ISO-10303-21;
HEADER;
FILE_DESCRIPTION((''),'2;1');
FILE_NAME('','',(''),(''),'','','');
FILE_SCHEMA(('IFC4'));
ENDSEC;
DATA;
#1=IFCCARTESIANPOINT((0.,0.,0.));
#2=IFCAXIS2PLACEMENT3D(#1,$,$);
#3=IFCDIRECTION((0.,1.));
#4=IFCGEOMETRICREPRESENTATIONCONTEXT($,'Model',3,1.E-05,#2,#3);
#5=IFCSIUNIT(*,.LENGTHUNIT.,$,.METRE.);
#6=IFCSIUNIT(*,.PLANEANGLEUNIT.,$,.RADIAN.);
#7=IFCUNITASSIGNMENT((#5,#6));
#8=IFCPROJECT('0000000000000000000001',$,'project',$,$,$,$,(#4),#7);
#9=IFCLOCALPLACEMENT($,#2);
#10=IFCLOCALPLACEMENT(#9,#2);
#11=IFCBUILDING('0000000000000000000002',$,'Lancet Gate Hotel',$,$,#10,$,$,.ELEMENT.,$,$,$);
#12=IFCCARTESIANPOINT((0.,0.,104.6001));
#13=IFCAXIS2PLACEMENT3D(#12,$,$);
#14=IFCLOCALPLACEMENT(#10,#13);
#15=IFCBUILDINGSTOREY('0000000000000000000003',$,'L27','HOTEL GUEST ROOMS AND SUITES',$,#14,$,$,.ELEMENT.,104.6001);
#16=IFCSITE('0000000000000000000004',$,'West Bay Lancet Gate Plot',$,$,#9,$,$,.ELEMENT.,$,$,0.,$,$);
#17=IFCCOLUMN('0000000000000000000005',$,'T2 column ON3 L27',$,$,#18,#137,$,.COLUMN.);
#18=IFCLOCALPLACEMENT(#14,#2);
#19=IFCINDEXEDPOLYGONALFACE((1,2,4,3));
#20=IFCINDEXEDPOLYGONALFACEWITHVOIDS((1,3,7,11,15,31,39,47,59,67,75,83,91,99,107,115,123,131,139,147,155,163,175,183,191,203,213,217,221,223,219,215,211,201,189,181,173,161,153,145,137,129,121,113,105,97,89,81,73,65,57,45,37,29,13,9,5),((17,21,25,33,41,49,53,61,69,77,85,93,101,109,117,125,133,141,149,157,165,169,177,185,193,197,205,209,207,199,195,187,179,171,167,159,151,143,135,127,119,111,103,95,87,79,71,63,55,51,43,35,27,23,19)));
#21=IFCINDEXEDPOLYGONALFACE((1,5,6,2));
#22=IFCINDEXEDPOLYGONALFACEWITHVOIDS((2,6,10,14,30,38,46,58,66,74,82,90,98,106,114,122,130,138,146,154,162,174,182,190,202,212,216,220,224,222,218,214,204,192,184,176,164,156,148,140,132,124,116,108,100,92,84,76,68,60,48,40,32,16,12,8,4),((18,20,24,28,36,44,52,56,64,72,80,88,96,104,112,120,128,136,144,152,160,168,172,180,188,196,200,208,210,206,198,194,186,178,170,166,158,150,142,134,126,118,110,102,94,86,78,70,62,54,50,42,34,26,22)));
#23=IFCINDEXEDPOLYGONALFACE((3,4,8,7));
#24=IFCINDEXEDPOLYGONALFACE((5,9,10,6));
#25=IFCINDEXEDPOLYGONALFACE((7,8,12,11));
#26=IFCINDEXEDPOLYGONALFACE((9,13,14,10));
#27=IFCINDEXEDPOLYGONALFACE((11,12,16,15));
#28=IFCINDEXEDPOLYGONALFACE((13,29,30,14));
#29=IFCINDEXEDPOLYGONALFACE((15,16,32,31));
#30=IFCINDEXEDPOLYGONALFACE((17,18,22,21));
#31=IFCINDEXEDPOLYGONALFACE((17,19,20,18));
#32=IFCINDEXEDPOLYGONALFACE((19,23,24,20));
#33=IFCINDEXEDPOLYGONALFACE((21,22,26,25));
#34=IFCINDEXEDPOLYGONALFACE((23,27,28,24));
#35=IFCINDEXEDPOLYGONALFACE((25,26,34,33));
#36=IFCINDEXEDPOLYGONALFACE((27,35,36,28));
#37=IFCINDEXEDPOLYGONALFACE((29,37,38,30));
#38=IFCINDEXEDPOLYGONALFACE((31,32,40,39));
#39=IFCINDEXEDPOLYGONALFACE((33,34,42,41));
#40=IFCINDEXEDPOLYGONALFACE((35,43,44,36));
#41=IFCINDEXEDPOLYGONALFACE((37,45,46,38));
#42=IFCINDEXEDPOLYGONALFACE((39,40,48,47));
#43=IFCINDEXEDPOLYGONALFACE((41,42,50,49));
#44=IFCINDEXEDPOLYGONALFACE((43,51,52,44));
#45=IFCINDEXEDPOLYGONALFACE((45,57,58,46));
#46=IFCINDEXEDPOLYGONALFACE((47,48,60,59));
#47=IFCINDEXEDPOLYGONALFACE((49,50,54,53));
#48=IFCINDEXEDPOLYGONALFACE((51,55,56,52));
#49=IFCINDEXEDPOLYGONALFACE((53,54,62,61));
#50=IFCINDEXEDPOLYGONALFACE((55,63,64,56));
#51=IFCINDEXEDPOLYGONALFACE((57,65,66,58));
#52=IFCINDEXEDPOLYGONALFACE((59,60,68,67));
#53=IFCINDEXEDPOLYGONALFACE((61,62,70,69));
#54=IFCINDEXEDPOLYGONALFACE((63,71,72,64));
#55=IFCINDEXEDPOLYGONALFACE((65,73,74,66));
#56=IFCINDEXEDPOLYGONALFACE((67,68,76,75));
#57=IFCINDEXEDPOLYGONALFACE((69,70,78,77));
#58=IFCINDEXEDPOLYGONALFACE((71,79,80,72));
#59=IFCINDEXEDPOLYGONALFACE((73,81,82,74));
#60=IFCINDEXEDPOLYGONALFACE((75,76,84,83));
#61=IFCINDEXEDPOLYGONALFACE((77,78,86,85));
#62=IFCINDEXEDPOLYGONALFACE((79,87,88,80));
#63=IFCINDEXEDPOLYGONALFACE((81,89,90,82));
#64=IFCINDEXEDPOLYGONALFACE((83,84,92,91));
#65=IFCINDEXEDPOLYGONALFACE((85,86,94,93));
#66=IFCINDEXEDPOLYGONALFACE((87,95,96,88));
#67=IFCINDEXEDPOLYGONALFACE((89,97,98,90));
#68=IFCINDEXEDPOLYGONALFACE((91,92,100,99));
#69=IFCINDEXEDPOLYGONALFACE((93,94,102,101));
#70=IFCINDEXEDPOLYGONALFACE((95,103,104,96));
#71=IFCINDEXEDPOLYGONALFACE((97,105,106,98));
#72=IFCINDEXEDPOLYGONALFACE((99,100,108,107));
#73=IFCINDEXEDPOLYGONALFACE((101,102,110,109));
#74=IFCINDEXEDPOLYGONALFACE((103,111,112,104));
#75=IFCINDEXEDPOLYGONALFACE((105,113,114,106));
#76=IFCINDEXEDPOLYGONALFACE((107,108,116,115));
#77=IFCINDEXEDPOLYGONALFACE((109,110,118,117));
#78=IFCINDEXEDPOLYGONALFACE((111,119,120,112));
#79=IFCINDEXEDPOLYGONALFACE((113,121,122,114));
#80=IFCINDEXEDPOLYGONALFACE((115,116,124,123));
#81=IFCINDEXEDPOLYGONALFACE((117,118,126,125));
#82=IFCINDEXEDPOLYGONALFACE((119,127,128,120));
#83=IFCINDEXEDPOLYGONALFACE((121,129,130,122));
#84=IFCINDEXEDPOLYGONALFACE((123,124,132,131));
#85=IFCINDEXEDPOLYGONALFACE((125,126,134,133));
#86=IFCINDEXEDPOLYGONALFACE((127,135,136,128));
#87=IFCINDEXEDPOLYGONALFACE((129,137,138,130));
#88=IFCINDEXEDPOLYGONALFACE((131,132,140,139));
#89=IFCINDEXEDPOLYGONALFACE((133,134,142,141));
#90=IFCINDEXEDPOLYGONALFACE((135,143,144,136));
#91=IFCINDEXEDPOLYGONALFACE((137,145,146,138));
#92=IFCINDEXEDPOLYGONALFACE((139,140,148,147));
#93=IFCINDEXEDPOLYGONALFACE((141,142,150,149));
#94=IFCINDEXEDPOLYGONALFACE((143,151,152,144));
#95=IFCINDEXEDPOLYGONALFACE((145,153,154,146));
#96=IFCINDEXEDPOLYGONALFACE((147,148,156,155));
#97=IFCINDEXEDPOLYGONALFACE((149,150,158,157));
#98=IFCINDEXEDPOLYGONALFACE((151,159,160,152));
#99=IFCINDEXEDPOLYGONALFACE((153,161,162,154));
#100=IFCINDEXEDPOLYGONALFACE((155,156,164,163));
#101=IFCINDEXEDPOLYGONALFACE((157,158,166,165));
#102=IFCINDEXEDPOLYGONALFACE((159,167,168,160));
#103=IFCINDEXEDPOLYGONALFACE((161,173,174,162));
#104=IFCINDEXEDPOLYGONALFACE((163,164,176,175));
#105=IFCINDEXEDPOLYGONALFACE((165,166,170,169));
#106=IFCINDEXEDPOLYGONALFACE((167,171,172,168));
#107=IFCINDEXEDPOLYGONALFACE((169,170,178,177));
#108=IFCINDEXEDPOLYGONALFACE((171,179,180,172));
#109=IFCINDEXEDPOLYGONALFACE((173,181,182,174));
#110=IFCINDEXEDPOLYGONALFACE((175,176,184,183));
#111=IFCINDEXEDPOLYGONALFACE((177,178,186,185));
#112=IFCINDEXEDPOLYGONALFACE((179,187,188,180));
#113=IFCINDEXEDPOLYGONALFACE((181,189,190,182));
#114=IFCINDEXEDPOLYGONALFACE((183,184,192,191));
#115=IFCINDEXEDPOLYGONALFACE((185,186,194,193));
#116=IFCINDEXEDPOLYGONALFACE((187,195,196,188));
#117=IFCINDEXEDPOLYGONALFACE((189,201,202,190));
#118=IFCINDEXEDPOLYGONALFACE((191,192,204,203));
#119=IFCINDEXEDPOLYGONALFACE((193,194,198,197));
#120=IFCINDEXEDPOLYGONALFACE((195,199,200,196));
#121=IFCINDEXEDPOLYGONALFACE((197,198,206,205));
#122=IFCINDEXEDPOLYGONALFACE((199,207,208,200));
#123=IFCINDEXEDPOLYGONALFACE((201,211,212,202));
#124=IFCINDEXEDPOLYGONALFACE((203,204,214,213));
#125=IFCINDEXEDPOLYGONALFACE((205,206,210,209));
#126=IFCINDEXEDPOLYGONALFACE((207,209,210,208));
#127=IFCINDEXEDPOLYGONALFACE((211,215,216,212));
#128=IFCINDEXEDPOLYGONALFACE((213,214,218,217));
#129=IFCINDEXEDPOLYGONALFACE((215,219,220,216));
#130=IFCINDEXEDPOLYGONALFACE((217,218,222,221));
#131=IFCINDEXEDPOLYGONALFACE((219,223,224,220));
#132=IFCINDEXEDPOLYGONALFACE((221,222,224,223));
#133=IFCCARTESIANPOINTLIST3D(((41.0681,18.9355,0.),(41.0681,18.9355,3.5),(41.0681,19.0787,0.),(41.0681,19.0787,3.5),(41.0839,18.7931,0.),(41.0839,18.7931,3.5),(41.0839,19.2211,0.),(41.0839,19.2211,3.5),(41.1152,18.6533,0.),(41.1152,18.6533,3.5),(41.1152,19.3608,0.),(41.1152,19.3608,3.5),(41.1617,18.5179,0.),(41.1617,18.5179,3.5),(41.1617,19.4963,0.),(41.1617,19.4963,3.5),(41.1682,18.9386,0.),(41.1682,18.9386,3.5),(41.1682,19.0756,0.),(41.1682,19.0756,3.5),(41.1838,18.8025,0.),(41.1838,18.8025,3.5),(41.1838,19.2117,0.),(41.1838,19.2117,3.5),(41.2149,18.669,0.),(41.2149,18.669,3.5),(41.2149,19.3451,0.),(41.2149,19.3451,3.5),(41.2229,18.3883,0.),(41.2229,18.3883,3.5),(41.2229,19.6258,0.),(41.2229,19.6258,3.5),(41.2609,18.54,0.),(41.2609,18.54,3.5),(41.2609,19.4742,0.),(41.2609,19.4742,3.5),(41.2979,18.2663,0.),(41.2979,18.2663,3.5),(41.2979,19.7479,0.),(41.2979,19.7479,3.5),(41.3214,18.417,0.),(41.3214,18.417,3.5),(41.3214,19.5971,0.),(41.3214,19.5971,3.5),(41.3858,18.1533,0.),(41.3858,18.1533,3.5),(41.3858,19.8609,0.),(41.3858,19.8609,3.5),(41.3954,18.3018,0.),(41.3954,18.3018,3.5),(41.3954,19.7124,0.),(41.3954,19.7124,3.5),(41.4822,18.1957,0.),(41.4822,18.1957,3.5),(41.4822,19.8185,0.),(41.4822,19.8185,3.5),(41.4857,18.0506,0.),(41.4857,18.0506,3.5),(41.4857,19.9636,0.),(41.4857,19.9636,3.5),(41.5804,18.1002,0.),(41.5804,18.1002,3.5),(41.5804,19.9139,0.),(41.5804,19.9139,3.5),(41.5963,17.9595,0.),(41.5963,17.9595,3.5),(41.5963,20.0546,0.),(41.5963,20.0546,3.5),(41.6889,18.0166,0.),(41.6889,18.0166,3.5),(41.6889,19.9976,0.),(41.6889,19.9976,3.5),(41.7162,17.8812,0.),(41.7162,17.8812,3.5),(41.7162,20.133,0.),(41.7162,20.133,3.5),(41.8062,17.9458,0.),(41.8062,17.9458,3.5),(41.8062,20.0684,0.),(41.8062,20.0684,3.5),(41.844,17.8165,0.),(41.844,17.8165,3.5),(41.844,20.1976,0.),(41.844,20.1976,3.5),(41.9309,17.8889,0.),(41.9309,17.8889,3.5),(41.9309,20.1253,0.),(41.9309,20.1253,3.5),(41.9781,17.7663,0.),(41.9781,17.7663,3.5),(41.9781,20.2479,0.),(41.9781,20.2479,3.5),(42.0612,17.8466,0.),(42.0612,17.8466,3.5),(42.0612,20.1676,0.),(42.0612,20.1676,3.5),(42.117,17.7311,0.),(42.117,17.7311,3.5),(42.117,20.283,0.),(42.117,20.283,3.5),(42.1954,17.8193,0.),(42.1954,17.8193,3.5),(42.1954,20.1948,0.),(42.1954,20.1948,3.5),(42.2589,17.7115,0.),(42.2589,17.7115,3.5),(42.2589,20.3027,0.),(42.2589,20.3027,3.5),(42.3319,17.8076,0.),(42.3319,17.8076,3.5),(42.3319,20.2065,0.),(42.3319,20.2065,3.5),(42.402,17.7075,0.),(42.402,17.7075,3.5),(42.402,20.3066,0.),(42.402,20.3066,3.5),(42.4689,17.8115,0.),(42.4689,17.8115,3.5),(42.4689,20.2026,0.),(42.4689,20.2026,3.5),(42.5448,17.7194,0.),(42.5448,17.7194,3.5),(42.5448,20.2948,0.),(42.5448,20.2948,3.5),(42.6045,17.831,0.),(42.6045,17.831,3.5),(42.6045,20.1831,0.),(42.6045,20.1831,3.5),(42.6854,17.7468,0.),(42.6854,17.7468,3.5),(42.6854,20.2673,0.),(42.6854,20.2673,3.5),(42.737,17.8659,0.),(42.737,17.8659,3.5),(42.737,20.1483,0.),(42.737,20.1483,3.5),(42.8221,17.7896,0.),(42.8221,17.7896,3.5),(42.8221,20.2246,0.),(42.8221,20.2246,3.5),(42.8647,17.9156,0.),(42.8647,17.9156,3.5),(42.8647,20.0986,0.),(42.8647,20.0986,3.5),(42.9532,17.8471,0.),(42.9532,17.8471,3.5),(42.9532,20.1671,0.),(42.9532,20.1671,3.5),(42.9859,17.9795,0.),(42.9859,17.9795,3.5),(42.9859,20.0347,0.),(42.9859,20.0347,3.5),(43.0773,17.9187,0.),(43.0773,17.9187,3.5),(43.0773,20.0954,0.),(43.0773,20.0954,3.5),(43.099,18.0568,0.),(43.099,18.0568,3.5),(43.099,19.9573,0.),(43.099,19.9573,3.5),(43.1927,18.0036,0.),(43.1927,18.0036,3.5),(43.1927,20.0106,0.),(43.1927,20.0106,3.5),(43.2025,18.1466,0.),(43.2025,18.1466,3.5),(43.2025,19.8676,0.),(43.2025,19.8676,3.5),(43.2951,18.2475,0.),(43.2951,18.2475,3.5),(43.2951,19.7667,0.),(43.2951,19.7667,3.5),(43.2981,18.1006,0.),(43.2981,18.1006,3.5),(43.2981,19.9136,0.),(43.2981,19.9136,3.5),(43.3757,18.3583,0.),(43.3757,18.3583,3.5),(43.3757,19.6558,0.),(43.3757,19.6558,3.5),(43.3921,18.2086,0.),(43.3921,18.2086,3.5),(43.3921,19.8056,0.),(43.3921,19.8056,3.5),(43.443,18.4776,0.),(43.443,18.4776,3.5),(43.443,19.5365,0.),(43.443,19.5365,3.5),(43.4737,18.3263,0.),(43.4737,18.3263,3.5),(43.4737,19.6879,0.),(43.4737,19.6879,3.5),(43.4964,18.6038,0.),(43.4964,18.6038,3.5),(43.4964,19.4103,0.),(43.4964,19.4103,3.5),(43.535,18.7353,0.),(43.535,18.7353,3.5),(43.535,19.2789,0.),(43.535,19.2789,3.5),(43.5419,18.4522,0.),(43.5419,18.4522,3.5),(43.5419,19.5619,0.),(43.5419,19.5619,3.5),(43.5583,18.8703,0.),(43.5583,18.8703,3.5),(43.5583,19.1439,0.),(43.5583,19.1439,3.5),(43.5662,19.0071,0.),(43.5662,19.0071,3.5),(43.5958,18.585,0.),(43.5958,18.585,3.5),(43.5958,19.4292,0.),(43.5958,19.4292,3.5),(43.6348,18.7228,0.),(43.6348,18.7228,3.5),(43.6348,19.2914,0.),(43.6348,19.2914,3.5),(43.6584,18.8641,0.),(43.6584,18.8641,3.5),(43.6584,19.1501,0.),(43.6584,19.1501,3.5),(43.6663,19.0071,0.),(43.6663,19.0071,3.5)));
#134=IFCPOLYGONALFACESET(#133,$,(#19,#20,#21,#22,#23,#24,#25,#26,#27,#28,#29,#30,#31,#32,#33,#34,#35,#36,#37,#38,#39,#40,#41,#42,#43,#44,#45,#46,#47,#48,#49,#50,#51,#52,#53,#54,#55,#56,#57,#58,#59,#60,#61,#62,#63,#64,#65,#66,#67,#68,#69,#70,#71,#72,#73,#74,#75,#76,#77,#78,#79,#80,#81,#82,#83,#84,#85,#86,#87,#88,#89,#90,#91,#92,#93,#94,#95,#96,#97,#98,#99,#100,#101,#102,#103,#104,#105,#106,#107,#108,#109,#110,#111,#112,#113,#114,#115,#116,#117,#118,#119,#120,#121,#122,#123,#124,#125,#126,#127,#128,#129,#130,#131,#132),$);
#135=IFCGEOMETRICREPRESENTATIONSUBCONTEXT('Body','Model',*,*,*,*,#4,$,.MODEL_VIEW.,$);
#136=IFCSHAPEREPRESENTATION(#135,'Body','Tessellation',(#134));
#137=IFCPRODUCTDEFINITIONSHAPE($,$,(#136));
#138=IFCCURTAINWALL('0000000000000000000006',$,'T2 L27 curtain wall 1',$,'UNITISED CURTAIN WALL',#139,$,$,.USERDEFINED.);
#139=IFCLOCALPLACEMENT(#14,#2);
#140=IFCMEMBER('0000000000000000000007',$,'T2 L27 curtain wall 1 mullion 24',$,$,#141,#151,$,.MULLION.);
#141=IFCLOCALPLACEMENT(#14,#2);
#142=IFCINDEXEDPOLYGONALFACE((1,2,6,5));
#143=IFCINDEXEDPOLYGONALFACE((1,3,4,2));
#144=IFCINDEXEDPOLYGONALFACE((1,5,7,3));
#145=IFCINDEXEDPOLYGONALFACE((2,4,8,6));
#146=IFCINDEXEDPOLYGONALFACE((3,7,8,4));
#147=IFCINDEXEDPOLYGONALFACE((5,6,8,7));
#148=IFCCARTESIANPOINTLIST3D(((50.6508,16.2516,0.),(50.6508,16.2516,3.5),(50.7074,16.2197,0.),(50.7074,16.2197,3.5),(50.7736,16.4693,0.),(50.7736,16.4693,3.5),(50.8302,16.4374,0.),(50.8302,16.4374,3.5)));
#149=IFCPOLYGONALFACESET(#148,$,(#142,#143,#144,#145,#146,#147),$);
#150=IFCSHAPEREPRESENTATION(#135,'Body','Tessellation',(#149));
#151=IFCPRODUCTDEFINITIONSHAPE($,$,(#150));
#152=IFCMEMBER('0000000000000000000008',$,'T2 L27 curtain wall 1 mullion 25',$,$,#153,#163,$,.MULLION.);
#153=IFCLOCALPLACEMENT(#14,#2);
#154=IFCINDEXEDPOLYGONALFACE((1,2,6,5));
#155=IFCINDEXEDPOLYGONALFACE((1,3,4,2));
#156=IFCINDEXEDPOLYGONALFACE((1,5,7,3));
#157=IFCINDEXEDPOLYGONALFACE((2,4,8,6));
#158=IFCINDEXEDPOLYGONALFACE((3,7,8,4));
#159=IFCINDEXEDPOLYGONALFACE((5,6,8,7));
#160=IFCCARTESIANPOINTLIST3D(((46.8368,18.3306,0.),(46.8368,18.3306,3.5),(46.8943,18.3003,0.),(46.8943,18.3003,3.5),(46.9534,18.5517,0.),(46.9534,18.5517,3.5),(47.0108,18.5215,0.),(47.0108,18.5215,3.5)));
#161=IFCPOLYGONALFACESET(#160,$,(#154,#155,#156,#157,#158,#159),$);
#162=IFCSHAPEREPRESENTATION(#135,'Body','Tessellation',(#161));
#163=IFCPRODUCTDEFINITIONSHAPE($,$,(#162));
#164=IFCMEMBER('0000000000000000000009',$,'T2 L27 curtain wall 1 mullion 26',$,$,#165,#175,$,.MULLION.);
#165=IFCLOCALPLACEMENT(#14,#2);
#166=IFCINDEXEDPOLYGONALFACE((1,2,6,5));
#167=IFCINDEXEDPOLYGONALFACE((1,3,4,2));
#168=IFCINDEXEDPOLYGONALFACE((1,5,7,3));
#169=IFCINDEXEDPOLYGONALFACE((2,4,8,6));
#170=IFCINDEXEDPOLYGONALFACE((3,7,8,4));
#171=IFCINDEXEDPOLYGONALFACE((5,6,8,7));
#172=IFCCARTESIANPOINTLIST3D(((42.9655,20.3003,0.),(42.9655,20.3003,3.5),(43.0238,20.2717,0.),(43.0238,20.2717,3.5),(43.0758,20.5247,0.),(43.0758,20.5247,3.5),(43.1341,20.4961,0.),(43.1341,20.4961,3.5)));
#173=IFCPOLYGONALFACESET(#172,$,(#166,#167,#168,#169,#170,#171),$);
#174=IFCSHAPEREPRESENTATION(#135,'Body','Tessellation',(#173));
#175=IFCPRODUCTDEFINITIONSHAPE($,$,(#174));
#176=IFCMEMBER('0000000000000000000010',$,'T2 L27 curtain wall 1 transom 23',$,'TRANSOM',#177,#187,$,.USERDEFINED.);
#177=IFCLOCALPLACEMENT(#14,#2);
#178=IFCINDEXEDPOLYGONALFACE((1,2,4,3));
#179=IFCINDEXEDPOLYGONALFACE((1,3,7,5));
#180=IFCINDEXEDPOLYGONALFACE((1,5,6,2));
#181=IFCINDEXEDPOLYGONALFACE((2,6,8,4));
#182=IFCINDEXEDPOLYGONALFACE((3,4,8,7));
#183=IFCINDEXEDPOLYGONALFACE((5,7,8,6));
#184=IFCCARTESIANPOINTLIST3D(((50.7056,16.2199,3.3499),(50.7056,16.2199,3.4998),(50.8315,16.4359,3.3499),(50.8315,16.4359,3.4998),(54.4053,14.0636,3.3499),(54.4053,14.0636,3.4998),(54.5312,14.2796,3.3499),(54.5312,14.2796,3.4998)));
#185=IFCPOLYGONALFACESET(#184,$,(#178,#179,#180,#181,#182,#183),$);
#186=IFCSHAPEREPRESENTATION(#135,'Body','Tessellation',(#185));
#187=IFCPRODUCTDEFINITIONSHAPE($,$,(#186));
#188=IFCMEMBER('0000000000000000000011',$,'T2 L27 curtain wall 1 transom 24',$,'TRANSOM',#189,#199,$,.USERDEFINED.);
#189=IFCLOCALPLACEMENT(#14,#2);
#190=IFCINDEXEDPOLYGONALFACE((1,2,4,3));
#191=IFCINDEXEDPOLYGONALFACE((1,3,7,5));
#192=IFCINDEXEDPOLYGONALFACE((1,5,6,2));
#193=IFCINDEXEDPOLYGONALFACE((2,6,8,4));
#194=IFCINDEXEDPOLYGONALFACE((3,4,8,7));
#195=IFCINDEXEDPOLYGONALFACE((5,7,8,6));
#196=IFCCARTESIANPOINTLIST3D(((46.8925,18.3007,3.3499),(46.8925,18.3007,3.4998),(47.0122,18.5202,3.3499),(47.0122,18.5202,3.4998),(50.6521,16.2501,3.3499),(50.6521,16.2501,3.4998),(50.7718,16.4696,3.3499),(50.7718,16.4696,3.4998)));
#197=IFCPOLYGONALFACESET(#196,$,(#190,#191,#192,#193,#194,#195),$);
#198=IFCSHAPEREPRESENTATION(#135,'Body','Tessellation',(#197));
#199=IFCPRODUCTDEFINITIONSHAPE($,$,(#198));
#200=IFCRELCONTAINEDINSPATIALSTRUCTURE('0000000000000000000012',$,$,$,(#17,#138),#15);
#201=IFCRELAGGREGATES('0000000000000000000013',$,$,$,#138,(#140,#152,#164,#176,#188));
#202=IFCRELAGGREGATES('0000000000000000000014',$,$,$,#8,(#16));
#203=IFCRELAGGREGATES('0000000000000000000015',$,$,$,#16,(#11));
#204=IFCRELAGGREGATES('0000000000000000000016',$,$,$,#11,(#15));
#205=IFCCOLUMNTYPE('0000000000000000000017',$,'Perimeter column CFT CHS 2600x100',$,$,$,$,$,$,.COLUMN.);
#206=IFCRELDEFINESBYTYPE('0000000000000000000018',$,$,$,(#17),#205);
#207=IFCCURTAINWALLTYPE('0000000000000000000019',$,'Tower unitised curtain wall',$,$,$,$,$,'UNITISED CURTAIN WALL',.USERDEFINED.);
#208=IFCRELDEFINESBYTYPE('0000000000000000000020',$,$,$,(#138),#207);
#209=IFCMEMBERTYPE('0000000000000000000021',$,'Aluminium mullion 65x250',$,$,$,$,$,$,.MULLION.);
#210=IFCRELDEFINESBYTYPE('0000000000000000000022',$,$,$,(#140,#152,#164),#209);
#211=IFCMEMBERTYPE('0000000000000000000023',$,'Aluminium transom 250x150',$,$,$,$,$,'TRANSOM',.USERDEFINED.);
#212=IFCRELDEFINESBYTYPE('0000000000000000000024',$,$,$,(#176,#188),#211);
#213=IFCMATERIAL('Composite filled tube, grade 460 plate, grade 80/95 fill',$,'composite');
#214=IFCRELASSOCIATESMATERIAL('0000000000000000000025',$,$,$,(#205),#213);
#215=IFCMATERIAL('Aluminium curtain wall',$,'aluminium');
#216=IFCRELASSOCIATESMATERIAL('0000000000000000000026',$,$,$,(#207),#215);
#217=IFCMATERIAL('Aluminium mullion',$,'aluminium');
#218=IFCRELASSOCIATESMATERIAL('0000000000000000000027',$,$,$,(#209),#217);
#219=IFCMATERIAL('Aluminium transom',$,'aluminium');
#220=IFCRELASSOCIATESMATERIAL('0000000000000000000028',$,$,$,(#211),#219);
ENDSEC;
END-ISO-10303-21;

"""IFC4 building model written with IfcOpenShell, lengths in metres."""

from ifc_helpers import new_model, si_unit, direction, frame, origin, origin_2d, place, context, subcontext, project, spatial, rectangle, hollow_circle, extrude, material, material_profile, profile_set, type_object, element, aggregate, save


model = new_model("IFC4")

# Units and contexts
model_context = context("Model", 3, precision=1e-05, world=origin(), true_north=direction((0.0, 1.0)))
body_context = subcontext(model_context, "Body", "Model", "MODEL_VIEW")
ifc_project = project(units=[si_unit("LENGTHUNIT", "METRE"), si_unit("PLANEANGLEUNIT", "RADIAN")], contexts=[model_context])

# Site, building, storey
site_placement = place(None, origin())
site = spatial("IfcSite", under=ifc_project, at=site_placement, Name="West Bay Lancet Gate Plot", CompositionType="ELEMENT", RefElevation=0.0)
building_placement = place(site_placement, origin())
building = spatial("IfcBuilding", under=site, at=building_placement, Name="Lancet Gate Hotel", CompositionType="ELEMENT")
storey_placement = place(building_placement, frame((0.0, 0.0, 104.6001)))
storey = spatial("IfcBuildingStorey", under=building, at=storey_placement, Name="L27", Description="HOTEL GUEST ROOMS AND SUITES", CompositionType="ELEMENT", Elevation=104.6001)

# Column
ifc_material_1 = material(Name="Composite filled tube, grade 460 plate, grade 80/95 fill", Category="composite")
ifc_material_profile_1 = material_profile(ifc_material_1, hollow_circle(Radius=1.3, WallThickness=0.1001, at=origin_2d()), Name="CHS 2600x100")
ifc_profile_set_1 = profile_set([ifc_material_profile_1], Name="Composite filled tube, grade 460 plate, grade 80/95 fill")
column_type = type_object("IfcColumnType", Name="Perimeter column CFT CHS 2600x100", PredefinedType="COLUMN", material=ifc_profile_set_1)
for number, where, z_axis, x_axis, name in (
    (1, (42.3662, 19.0071, 0.0), (0.0, 0.0, 1.0), (1.0, 0.0, 0.0), "T2 column ON3 L27"),
):
    element("IfcColumn", number, at=place(storey_placement, frame(where, z_axis=z_axis, x_axis=x_axis)), inside=storey, type_object=column_type, Name=name, PredefinedType="COLUMN", context=body_context, shape_type="SweptSolid", body=[
        extrude(hollow_circle(Radius=1.3, WallThickness=0.1001, at=origin_2d()), origin(), (0.0, 0.0, 1.0), 3.5),
    ])

# Curtain wall, members
ifc_material_2 = material(Name="Aluminium curtain wall", Category="aluminium")
curtain_wall_type = type_object("IfcCurtainWallType", Name="Tower unitised curtain wall", ElementType="UNITISED CURTAIN WALL", PredefinedType="USERDEFINED", material=ifc_material_2)
curtain_wall_placement = place(storey_placement, origin())
curtain_wall = element("IfcCurtainWall", 2, at=curtain_wall_placement, inside=storey, type_object=curtain_wall_type, Name="T2 L27 curtain wall 1", ObjectType="UNITISED CURTAIN WALL", PredefinedType="USERDEFINED")
ifc_material_3 = material(Name="Aluminium mullion", Category="aluminium")
ifc_material_profile_2 = material_profile(ifc_material_3, rectangle(XDim=0.0649, YDim=0.25, at=origin_2d()), Name="MULLION 65x250")
ifc_profile_set_2 = profile_set([ifc_material_profile_2], Name="Aluminium mullion")
member_type_1 = type_object("IfcMemberType", Name="Aluminium mullion 65x250", PredefinedType="MULLION", material=ifc_profile_set_2)
member_1_placement = place(storey_placement, frame((50.7405, 16.3445, 0.0), z_axis=(0.0, 0.0, 1.0), x_axis=(-0.871029, 0.491232, 0.0)))
member_1 = element("IfcMember", 3, at=member_1_placement, type_object=member_type_1, Name="T2 L27 curtain wall 1 mullion 24", PredefinedType="MULLION", context=body_context, shape_type="SweptSolid", body=[
    extrude(rectangle(XDim=0.0649, YDim=0.25, at=origin_2d()), origin(), (0.0, 0.0, 1.0), 3.5),
])
member_2_placement = place(storey_placement, frame((46.9238, 18.426, 0.0), z_axis=(0.0, 0.0, 1.0), x_axis=(-0.884627, 0.466299, 0.0)))
member_2 = element("IfcMember", 4, at=member_2_placement, type_object=member_type_1, Name="T2 L27 curtain wall 1 mullion 25", PredefinedType="MULLION", context=body_context, shape_type="SweptSolid", body=[
    extrude(rectangle(XDim=0.0649, YDim=0.25, at=origin_2d()), origin(), (0.0, 0.0, 1.0), 3.5),
])
member_3_placement = place(storey_placement, frame((43.0498, 20.3982, 0.0), z_axis=(0.0, 0.0, 1.0), x_axis=(-0.897512, 0.44099, 0.0)))
member_3 = element("IfcMember", 5, at=member_3_placement, type_object=member_type_1, Name="T2 L27 curtain wall 1 mullion 26", PredefinedType="MULLION", context=body_context, shape_type="SweptSolid", body=[
    extrude(rectangle(XDim=0.0649, YDim=0.25, at=origin_2d()), origin(), (0.0, 0.0, 1.0), 3.5),
])
ifc_material_4 = material(Name="Aluminium transom", Category="aluminium")
ifc_material_profile_3 = material_profile(ifc_material_4, rectangle(XDim=0.25, YDim=0.1499, at=origin_2d()), Name="TRANSOM 250x150")
ifc_profile_set_3 = profile_set([ifc_material_profile_3], Name="Aluminium transom")
member_type_2 = type_object("IfcMemberType", Name="Aluminium transom 250x150", ElementType="TRANSOM", PredefinedType="USERDEFINED", material=ifc_profile_set_3)
member_4_placement = place(storey_placement, frame((54.4683, 14.1716, 3.4248), z_axis=(-0.863973, 0.503538, 0.0), x_axis=(-0.503538, -0.863973, 0.0)))
member_4 = element("IfcMember", 6, at=member_4_placement, type_object=member_type_2, Name="T2 L27 curtain wall 1 transom 23", ObjectType="TRANSOM", PredefinedType="USERDEFINED", context=body_context, shape_type="SweptSolid", body=[
    extrude(rectangle(XDim=0.25, YDim=0.1499, at=origin_2d()), origin(), (0.0, 0.0, 1.0), 4.2822),
])
member_5_placement = place(storey_placement, frame((50.7119, 16.3599, 3.4248), z_axis=(-0.877906, 0.478832, 0.0), x_axis=(-0.478832, -0.877906, 0.0)))
member_5 = element("IfcMember", 7, at=member_5_placement, type_object=member_type_2, Name="T2 L27 curtain wall 1 transom 24", ObjectType="TRANSOM", PredefinedType="USERDEFINED", context=body_context, shape_type="SweptSolid", body=[
    extrude(rectangle(XDim=0.25, YDim=0.1499, at=origin_2d()), origin(), (0.0, 0.0, 1.0), 4.2825),
])

aggregate(curtain_wall, [member_1, member_2, member_3, member_4, member_5])

save(model, "model.ifc")
